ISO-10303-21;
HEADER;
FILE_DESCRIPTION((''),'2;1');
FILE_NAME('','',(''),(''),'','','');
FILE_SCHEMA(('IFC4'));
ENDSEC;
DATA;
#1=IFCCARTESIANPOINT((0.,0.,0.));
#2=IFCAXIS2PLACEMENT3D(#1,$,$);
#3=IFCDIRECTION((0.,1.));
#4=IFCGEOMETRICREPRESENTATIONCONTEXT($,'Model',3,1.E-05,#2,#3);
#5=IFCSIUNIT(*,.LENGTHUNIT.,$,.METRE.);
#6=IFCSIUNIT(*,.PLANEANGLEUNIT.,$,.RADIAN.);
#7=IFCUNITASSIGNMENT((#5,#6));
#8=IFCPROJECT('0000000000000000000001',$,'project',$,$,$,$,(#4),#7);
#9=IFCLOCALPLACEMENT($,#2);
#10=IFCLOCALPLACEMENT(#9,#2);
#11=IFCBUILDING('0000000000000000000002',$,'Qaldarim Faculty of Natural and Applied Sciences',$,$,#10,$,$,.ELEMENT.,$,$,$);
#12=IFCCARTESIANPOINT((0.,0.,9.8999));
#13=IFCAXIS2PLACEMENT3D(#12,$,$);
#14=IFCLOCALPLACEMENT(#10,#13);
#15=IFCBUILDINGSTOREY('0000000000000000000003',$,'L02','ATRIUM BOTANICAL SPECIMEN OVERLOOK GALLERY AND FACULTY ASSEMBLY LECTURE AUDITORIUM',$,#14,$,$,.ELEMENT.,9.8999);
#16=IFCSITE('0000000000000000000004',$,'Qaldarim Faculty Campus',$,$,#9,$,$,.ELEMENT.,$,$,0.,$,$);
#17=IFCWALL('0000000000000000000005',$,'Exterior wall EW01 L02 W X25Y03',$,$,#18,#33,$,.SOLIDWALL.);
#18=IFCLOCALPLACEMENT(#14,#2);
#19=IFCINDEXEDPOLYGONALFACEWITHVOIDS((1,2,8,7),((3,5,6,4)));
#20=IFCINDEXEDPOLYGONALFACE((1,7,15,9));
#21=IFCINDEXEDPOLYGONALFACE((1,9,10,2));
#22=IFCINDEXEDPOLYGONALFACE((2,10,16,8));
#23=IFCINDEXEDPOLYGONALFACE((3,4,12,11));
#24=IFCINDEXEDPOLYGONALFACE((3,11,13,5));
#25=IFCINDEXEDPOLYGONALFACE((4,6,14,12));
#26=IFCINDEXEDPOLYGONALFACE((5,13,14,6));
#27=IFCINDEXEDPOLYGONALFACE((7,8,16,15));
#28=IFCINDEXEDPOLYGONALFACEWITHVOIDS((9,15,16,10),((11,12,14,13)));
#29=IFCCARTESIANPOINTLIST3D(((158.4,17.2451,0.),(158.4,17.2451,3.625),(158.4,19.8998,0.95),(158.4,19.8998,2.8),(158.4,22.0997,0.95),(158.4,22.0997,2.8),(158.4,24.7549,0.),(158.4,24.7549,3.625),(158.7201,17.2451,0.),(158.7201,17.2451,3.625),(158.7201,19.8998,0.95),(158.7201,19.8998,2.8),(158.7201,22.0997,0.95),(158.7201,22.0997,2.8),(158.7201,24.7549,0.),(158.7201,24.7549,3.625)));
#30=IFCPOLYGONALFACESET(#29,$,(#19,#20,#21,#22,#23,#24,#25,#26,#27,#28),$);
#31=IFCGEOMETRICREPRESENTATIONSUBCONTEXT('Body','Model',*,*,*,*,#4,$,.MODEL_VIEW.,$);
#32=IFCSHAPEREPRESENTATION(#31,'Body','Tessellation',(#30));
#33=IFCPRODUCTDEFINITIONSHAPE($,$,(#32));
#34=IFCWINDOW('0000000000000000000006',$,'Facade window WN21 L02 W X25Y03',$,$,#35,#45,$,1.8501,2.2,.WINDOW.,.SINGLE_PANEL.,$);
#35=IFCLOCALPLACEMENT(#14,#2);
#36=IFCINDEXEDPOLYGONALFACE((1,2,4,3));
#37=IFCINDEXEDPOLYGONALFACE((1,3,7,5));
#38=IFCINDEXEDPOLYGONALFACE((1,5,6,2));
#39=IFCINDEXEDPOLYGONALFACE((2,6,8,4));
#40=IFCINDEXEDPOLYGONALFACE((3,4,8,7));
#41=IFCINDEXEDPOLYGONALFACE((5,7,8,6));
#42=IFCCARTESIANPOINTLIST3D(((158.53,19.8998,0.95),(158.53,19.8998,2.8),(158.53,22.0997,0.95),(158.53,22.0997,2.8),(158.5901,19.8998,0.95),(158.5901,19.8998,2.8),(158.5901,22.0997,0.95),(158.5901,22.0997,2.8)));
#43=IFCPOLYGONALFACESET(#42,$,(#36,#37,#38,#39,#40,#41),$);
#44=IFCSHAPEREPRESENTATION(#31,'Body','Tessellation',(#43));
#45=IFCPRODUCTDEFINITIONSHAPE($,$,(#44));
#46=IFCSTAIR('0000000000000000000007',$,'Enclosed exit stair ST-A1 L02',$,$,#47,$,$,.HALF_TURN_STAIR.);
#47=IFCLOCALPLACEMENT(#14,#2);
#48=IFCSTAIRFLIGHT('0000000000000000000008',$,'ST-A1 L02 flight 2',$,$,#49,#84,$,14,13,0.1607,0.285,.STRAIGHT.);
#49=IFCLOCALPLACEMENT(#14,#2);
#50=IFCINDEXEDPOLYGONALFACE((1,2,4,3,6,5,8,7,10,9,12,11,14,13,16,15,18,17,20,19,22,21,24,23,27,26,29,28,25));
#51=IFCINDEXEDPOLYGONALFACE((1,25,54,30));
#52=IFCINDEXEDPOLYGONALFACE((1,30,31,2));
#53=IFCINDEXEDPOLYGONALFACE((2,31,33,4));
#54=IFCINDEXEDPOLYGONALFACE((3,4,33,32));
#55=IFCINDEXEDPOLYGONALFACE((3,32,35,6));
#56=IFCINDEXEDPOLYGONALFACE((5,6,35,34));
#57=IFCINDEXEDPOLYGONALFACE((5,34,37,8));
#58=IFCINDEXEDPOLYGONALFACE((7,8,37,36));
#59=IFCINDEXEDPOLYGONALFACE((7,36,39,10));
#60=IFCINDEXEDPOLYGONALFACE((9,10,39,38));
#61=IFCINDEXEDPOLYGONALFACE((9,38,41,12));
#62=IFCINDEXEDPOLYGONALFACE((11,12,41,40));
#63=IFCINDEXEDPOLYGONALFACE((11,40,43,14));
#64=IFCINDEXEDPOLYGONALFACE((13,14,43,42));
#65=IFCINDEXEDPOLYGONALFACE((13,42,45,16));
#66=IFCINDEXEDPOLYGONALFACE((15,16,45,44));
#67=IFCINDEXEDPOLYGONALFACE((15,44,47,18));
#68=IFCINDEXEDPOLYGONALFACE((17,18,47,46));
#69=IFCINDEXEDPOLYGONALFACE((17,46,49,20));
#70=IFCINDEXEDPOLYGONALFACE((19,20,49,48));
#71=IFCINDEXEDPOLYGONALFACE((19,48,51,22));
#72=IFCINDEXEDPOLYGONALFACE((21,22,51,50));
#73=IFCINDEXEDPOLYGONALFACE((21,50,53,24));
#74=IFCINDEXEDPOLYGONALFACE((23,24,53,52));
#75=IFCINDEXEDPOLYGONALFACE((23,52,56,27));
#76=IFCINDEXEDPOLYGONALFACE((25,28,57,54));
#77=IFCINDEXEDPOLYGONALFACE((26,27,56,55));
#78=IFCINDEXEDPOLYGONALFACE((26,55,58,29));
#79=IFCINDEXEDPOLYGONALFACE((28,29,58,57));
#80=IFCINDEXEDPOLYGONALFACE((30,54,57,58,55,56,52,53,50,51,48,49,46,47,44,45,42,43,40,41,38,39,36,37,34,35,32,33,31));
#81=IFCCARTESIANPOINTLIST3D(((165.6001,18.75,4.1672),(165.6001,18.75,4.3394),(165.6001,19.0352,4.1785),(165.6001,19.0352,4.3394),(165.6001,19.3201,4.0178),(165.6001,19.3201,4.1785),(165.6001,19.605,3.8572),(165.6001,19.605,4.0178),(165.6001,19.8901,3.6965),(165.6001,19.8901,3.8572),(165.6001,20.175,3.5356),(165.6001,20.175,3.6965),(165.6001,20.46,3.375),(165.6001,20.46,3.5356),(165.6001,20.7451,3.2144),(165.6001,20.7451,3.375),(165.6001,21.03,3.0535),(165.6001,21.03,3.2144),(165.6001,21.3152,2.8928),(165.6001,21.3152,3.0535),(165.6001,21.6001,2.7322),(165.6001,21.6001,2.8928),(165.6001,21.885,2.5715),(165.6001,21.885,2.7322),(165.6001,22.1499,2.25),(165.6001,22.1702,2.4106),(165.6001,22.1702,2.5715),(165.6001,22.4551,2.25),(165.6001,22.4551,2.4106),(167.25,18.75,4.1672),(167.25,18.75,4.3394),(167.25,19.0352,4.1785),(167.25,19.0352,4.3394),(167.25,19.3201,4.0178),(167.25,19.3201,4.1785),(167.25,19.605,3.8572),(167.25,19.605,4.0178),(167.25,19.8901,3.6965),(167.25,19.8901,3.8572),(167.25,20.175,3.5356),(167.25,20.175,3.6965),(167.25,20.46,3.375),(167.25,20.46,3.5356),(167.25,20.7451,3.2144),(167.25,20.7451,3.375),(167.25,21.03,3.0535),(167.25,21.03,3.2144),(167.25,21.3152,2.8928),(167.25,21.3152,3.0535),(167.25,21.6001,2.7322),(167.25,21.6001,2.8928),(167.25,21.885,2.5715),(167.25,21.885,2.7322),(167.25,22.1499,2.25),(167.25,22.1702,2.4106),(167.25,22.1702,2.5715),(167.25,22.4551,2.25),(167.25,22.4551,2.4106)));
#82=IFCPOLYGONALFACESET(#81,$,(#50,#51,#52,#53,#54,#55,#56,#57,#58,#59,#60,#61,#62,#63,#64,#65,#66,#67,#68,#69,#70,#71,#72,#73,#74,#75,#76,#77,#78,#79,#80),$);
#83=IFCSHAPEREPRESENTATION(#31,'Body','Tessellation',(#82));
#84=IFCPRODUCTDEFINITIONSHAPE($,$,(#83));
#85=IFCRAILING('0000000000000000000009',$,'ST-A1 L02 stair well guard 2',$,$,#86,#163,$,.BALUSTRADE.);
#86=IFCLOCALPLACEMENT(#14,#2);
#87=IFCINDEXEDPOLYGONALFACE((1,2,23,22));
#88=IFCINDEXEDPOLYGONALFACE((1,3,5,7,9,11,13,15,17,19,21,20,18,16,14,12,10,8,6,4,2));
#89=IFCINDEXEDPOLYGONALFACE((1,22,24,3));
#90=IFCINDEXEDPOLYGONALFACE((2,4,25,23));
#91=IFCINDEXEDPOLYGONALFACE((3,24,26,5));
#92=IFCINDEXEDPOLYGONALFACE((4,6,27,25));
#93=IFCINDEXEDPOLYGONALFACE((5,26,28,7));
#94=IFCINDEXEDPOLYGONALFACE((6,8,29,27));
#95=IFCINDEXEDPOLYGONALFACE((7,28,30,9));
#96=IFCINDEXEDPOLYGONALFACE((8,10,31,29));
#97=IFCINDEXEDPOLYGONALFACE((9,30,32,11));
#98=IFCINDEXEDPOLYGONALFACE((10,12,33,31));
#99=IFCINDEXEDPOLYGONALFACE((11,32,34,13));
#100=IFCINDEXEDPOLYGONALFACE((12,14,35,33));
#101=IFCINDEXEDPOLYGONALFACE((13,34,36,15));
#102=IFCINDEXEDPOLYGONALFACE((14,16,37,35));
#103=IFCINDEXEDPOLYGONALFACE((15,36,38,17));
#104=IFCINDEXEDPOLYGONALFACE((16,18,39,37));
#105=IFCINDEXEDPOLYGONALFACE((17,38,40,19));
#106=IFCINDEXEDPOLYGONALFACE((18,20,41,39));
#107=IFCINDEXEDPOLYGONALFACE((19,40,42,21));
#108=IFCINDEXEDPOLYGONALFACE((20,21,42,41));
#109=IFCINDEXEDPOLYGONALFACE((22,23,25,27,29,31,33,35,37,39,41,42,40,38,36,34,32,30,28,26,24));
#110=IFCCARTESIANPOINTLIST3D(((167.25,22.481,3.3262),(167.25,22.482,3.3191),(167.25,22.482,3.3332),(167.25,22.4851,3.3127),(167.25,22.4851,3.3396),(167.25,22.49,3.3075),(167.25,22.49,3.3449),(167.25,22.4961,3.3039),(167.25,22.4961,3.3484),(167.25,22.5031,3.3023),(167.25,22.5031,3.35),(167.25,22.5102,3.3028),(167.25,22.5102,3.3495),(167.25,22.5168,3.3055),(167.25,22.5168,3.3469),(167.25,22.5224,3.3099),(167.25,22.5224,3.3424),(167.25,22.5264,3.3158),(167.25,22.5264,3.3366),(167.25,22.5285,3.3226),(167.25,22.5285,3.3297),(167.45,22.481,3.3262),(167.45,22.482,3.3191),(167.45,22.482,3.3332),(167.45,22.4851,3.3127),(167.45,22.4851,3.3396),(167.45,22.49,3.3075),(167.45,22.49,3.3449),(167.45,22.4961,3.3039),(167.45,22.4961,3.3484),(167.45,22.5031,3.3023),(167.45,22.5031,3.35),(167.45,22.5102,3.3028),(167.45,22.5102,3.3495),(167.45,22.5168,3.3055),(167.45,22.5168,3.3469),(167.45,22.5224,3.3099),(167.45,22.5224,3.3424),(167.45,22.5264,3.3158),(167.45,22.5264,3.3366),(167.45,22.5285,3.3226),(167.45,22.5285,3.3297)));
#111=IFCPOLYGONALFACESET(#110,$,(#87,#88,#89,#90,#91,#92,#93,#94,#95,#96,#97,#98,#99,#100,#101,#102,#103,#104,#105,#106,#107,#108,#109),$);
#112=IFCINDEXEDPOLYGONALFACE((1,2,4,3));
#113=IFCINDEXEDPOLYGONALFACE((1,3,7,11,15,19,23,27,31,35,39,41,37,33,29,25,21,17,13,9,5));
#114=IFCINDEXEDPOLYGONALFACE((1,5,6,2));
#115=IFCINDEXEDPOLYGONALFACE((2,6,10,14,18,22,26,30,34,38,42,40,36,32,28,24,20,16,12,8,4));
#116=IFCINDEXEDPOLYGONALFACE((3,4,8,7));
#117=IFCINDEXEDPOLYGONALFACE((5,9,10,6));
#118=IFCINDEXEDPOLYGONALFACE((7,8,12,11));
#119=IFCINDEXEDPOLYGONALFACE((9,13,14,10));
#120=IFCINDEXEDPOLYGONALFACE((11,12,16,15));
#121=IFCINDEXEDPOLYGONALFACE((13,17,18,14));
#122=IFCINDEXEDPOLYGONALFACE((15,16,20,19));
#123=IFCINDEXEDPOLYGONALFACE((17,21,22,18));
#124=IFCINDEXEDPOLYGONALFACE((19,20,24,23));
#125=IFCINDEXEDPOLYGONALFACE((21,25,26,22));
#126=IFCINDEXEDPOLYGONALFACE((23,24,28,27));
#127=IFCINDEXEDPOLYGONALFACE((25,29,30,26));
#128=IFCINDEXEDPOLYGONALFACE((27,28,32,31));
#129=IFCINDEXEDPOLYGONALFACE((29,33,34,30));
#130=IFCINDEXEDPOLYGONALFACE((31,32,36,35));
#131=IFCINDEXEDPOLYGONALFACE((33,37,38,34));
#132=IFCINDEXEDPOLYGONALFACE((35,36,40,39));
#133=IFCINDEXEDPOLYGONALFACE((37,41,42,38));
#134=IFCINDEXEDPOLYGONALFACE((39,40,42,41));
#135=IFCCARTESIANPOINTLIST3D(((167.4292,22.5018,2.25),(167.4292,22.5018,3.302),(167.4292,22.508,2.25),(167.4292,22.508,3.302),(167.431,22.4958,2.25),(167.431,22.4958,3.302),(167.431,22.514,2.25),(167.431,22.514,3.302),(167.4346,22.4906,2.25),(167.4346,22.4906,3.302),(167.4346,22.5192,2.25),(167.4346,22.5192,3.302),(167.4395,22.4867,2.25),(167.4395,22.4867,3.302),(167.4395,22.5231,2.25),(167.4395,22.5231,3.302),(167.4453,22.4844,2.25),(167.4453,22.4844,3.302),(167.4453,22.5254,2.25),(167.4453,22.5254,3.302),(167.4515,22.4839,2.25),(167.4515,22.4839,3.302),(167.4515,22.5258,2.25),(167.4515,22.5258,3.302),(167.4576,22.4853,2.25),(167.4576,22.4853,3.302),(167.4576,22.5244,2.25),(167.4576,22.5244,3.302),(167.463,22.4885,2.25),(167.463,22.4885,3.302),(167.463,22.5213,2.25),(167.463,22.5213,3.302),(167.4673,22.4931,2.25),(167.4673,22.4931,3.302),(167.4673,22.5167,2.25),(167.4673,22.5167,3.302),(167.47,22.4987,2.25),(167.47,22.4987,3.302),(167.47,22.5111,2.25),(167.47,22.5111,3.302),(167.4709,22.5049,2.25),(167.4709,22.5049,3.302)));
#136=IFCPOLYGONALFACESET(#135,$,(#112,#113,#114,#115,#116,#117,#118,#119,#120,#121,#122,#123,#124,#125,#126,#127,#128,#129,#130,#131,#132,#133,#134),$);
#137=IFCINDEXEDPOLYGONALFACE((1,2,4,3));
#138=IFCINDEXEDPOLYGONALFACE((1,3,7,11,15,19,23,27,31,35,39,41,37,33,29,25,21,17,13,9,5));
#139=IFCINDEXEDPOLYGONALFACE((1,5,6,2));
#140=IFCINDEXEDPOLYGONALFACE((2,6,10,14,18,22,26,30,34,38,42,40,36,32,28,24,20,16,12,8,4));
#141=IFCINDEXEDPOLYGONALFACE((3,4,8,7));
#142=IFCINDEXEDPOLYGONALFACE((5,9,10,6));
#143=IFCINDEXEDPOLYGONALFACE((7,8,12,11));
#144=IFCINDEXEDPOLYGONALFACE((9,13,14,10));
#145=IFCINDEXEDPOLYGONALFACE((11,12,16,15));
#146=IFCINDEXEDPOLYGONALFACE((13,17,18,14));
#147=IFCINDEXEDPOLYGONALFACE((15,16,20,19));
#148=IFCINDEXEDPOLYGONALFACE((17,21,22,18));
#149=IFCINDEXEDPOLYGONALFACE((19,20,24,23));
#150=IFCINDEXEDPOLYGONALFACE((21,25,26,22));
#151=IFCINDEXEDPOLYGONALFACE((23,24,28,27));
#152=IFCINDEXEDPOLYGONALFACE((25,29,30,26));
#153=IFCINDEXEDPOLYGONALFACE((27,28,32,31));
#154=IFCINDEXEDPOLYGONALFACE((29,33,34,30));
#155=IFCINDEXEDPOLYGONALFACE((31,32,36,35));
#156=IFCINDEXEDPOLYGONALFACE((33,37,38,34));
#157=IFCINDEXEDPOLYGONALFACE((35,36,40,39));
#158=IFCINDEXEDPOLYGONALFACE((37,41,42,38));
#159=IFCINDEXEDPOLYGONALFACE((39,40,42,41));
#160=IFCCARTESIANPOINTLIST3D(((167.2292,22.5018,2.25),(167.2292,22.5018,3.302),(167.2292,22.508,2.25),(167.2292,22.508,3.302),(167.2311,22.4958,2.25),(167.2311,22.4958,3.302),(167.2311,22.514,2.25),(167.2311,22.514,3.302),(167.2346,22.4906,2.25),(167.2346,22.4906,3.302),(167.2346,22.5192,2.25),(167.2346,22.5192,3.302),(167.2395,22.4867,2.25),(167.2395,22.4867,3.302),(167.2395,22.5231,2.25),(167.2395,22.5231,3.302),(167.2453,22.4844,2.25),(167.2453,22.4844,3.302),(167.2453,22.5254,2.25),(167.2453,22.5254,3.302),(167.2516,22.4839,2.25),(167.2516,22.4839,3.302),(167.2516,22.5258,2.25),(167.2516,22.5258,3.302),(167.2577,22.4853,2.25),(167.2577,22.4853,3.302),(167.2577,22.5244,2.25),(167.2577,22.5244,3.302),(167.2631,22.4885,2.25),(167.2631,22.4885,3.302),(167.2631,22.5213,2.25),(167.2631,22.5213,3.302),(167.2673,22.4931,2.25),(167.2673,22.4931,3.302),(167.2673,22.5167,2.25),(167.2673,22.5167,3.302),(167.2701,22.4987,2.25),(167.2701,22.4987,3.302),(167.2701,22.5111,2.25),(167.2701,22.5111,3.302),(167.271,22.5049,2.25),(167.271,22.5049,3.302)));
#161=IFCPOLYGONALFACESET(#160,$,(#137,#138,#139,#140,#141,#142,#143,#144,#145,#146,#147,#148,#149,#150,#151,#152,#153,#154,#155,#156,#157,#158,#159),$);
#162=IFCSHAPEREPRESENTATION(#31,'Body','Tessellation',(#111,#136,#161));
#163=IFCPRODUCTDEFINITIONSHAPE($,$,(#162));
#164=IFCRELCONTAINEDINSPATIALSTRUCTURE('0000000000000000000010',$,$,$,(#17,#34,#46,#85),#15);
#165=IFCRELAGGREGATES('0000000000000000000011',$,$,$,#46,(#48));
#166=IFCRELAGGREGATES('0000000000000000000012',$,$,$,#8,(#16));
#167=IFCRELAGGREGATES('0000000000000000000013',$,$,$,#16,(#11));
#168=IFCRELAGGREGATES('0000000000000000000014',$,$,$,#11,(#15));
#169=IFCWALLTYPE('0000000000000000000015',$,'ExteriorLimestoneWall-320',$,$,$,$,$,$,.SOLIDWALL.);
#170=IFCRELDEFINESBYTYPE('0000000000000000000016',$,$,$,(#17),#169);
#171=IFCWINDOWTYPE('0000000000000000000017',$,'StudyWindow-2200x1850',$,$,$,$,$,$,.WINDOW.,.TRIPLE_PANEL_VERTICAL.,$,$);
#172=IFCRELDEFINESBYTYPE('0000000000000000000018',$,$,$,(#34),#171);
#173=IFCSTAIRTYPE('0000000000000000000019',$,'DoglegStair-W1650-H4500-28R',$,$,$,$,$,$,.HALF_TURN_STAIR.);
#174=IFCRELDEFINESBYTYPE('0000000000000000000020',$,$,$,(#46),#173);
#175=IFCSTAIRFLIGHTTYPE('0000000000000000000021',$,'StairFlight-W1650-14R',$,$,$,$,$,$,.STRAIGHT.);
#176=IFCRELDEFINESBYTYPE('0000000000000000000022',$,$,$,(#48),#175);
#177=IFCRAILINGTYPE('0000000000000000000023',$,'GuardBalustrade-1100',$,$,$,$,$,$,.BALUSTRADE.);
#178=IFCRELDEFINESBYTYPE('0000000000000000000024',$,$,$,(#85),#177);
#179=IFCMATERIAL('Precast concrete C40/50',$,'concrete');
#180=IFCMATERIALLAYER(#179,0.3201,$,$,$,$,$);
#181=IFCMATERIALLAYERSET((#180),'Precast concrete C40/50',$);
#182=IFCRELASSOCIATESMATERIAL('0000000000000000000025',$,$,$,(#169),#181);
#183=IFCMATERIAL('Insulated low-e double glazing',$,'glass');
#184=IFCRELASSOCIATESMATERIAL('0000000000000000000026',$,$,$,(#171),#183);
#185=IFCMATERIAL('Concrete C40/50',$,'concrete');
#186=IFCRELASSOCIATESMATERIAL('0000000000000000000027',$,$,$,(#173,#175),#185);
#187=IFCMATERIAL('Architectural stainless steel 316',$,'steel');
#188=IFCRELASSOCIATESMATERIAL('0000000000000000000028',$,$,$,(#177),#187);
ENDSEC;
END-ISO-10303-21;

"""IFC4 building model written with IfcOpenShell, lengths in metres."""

from ifc_helpers import new_model, si_unit, direction, frame, frame_2d, origin, origin_2d, place, context, subcontext, project, spatial, polyline, rectangle, circle, outline, extrude, material, layer, layer_set, type_object, element, fill, aggregate, save


model = new_model("IFC4")

# Units and contexts
model_context = context("Model", 3, precision=1e-05, world=origin(), true_north=direction((0.0, 1.0)))
body_context = subcontext(model_context, "Body", "Model", "MODEL_VIEW")
ifc_project = project(units=[si_unit("LENGTHUNIT", "METRE"), si_unit("PLANEANGLEUNIT", "RADIAN")], contexts=[model_context])

# Site, building, storey
site_placement = place(None, origin())
site = spatial("IfcSite", under=ifc_project, at=site_placement, Name="Qaldarim Faculty Campus", CompositionType="ELEMENT", RefElevation=0.0)
building_placement = place(site_placement, origin())
building = spatial("IfcBuilding", under=site, at=building_placement, Name="Qaldarim Faculty of Natural and Applied Sciences", CompositionType="ELEMENT")
storey_placement = place(building_placement, frame((0.0, 0.0, 9.8999)))
storey = spatial("IfcBuildingStorey", under=building, at=storey_placement, Name="L02", Description="ATRIUM BOTANICAL SPECIMEN OVERLOOK GALLERY AND FACULTY ASSEMBLY LECTURE AUDITORIUM", CompositionType="ELEMENT", Elevation=9.8999)

# Shared definitions
ifc_material_1 = material(Name="Concrete C40/50", Category="concrete")

# Wall, opening, window
ifc_material_2 = material(Name="Precast concrete C40/50", Category="concrete")
ifc_layer_1 = layer(ifc_material_2, 0.3201)
ifc_layer_set_1 = layer_set([ifc_layer_1], Name="Precast concrete C40/50")
wall_type_1 = type_object("IfcWallType", Name="ExteriorLimestoneWall-320", PredefinedType="SOLIDWALL", material=ifc_layer_set_1)
wall_1_placement = place(storey_placement, frame((158.5601, 24.7549, 0.0), z_axis=(0.0, 0.0, 1.0), x_axis=(0.0, -1.0, 0.0)))
wall_1 = element("IfcWall", 1, at=wall_1_placement, inside=storey, type_object=wall_type_1, Name="Exterior wall EW01 L02 W X25Y03", PredefinedType="SOLIDWALL", context=body_context, shape_type="SweptSolid", body=[
    extrude(rectangle(XDim=7.5098, YDim=0.3201, at=frame_2d((3.7549, 0.0))), origin(), (0.0, 0.0, 1.0), 3.625),
])
opening_placement = place(wall_1_placement, frame((2.655, 0.0, 0.95)))
opening = element("IfcOpeningElement", 2, at=opening_placement, cuts=wall_1, PredefinedType="OPENING", context=body_context, shape_type="SweptSolid", body=[
    extrude(rectangle(XDim=2.2, YDim=1.8501, at=frame_2d((1.1001, 0.925))), frame((0.0, 0.1699, 0.0), z_axis=(0.0, -1.0, 0.0), x_axis=(1.0, 0.0, 0.0)), (0.0, 0.0, 1.0), 0.3401),
])
ifc_material_3 = material(Name="Insulated low-e double glazing", Category="glass")
window_type = type_object("IfcWindowType", Name="StudyWindow-2200x1850", PartitioningType="TRIPLE_PANEL_VERTICAL", PredefinedType="WINDOW", material=ifc_material_3)
window_placement = place(opening_placement, origin())
window = element("IfcWindow", 3, at=window_placement, inside=storey, type_object=window_type, Name="Facade window WN21 L02 W X25Y03", OverallHeight=1.8501, OverallWidth=2.2, PartitioningType="SINGLE_PANEL", PredefinedType="WINDOW", context=body_context, shape_type="SweptSolid", body=[
    extrude(rectangle(XDim=2.2, YDim=1.8501, at=frame_2d((1.1001, 0.925))), frame((0.0, 0.03, 0.0), z_axis=(0.0, -1.0, 0.0), x_axis=(1.0, 0.0, 0.0)), (0.0, 0.0, 1.0), 0.0601),
])
fill(opening, window)

# Stair, stair flight
stair_type = type_object("IfcStairType", Name="DoglegStair-W1650-H4500-28R", PredefinedType="HALF_TURN_STAIR", material=ifc_material_1)
stair_placement = place(storey_placement, origin())
stair = element("IfcStair", 4, at=stair_placement, inside=storey, type_object=stair_type, Name="Enclosed exit stair ST-A1 L02", PredefinedType="HALF_TURN_STAIR")
stair_flight_type = type_object("IfcStairFlightType", Name="StairFlight-W1650-14R", PredefinedType="STRAIGHT", material=ifc_material_1)
stair_flight_placement = place(storey_placement, frame((166.425, 22.4551, 2.25), z_axis=(0.0, 0.0, 1.0), x_axis=(0.0, -1.0, 0.0)))
stair_flight = element("IfcStairFlight", 5, at=stair_flight_placement, type_object=stair_flight_type, Name="ST-A1 L02 flight 2", NumberOfRisers=14, NumberOfTreads=13, PredefinedType="STRAIGHT", RiserHeight=0.1607, TreadLength=0.285, context=body_context, shape_type="SweptSolid", body=[
    extrude(outline(polyline([(0.0, 0.0), (0.0, 0.1606), (0.2849, 0.1606), (0.2849, 0.3215), (0.5701, 0.3215), (0.5701, 0.4822), (0.855, 0.4822), (0.855, 0.6428), (1.1399, 0.6428), (1.1399, 0.8035), (1.425, 0.8035), (1.425, 0.9644), (1.71, 0.9644), (1.71, 1.125), (1.9951, 1.125), (1.9951, 1.2856), (2.28, 1.2856), (2.28, 1.4465), (2.5649, 1.4465), (2.5649, 1.6072), (2.8501, 1.6072), (2.8501, 1.7678), (3.135, 1.7678), (3.135, 1.9285), (3.4199, 1.9285), (3.4199, 2.0894), (3.7051, 2.0894), (3.7051, 2.25), (3.7051, 1.9172), (0.3052, 0.0), (0.0, 0.0)])), frame((0.0, 0.825, 0.0), z_axis=(0.0, -1.0, 0.0), x_axis=(1.0, 0.0, 0.0)), (0.0, 0.0, 1.0), 1.6499),
])
aggregate(stair, [stair_flight])

# Railing
ifc_material_4 = material(Name="Architectural stainless steel 316", Category="steel")
railing_type_1 = type_object("IfcRailingType", Name="GuardBalustrade-1100", PredefinedType="BALUSTRADE", material=ifc_material_4)
railing_1_placement = place(storey_placement, frame((167.45, 22.5049, 2.25)))
element("IfcRailing", 6, at=railing_1_placement, inside=storey, type_object=railing_type_1, Name="ST-A1 L02 stair well guard 2", PredefinedType="BALUSTRADE", context=body_context, shape_type="SweptSolid", body=[
    extrude(circle(Radius=0.0239, at=origin_2d()), frame((0.0, 0.0, 1.0762), z_axis=(-1.0, 0.0, 0.0), x_axis=(0.0, -1.0, 0.0)), (0.0, 0.0, 1.0), 0.2),
    extrude(circle(Radius=0.021, at=origin_2d()), origin(), (0.0, 0.0, 1.0), 1.052),
    extrude(circle(Radius=0.021, at=origin_2d()), frame((-0.2, 0.0, 0.0)), (0.0, 0.0, 1.0), 1.052),
])

save(model, "model.ifc")
